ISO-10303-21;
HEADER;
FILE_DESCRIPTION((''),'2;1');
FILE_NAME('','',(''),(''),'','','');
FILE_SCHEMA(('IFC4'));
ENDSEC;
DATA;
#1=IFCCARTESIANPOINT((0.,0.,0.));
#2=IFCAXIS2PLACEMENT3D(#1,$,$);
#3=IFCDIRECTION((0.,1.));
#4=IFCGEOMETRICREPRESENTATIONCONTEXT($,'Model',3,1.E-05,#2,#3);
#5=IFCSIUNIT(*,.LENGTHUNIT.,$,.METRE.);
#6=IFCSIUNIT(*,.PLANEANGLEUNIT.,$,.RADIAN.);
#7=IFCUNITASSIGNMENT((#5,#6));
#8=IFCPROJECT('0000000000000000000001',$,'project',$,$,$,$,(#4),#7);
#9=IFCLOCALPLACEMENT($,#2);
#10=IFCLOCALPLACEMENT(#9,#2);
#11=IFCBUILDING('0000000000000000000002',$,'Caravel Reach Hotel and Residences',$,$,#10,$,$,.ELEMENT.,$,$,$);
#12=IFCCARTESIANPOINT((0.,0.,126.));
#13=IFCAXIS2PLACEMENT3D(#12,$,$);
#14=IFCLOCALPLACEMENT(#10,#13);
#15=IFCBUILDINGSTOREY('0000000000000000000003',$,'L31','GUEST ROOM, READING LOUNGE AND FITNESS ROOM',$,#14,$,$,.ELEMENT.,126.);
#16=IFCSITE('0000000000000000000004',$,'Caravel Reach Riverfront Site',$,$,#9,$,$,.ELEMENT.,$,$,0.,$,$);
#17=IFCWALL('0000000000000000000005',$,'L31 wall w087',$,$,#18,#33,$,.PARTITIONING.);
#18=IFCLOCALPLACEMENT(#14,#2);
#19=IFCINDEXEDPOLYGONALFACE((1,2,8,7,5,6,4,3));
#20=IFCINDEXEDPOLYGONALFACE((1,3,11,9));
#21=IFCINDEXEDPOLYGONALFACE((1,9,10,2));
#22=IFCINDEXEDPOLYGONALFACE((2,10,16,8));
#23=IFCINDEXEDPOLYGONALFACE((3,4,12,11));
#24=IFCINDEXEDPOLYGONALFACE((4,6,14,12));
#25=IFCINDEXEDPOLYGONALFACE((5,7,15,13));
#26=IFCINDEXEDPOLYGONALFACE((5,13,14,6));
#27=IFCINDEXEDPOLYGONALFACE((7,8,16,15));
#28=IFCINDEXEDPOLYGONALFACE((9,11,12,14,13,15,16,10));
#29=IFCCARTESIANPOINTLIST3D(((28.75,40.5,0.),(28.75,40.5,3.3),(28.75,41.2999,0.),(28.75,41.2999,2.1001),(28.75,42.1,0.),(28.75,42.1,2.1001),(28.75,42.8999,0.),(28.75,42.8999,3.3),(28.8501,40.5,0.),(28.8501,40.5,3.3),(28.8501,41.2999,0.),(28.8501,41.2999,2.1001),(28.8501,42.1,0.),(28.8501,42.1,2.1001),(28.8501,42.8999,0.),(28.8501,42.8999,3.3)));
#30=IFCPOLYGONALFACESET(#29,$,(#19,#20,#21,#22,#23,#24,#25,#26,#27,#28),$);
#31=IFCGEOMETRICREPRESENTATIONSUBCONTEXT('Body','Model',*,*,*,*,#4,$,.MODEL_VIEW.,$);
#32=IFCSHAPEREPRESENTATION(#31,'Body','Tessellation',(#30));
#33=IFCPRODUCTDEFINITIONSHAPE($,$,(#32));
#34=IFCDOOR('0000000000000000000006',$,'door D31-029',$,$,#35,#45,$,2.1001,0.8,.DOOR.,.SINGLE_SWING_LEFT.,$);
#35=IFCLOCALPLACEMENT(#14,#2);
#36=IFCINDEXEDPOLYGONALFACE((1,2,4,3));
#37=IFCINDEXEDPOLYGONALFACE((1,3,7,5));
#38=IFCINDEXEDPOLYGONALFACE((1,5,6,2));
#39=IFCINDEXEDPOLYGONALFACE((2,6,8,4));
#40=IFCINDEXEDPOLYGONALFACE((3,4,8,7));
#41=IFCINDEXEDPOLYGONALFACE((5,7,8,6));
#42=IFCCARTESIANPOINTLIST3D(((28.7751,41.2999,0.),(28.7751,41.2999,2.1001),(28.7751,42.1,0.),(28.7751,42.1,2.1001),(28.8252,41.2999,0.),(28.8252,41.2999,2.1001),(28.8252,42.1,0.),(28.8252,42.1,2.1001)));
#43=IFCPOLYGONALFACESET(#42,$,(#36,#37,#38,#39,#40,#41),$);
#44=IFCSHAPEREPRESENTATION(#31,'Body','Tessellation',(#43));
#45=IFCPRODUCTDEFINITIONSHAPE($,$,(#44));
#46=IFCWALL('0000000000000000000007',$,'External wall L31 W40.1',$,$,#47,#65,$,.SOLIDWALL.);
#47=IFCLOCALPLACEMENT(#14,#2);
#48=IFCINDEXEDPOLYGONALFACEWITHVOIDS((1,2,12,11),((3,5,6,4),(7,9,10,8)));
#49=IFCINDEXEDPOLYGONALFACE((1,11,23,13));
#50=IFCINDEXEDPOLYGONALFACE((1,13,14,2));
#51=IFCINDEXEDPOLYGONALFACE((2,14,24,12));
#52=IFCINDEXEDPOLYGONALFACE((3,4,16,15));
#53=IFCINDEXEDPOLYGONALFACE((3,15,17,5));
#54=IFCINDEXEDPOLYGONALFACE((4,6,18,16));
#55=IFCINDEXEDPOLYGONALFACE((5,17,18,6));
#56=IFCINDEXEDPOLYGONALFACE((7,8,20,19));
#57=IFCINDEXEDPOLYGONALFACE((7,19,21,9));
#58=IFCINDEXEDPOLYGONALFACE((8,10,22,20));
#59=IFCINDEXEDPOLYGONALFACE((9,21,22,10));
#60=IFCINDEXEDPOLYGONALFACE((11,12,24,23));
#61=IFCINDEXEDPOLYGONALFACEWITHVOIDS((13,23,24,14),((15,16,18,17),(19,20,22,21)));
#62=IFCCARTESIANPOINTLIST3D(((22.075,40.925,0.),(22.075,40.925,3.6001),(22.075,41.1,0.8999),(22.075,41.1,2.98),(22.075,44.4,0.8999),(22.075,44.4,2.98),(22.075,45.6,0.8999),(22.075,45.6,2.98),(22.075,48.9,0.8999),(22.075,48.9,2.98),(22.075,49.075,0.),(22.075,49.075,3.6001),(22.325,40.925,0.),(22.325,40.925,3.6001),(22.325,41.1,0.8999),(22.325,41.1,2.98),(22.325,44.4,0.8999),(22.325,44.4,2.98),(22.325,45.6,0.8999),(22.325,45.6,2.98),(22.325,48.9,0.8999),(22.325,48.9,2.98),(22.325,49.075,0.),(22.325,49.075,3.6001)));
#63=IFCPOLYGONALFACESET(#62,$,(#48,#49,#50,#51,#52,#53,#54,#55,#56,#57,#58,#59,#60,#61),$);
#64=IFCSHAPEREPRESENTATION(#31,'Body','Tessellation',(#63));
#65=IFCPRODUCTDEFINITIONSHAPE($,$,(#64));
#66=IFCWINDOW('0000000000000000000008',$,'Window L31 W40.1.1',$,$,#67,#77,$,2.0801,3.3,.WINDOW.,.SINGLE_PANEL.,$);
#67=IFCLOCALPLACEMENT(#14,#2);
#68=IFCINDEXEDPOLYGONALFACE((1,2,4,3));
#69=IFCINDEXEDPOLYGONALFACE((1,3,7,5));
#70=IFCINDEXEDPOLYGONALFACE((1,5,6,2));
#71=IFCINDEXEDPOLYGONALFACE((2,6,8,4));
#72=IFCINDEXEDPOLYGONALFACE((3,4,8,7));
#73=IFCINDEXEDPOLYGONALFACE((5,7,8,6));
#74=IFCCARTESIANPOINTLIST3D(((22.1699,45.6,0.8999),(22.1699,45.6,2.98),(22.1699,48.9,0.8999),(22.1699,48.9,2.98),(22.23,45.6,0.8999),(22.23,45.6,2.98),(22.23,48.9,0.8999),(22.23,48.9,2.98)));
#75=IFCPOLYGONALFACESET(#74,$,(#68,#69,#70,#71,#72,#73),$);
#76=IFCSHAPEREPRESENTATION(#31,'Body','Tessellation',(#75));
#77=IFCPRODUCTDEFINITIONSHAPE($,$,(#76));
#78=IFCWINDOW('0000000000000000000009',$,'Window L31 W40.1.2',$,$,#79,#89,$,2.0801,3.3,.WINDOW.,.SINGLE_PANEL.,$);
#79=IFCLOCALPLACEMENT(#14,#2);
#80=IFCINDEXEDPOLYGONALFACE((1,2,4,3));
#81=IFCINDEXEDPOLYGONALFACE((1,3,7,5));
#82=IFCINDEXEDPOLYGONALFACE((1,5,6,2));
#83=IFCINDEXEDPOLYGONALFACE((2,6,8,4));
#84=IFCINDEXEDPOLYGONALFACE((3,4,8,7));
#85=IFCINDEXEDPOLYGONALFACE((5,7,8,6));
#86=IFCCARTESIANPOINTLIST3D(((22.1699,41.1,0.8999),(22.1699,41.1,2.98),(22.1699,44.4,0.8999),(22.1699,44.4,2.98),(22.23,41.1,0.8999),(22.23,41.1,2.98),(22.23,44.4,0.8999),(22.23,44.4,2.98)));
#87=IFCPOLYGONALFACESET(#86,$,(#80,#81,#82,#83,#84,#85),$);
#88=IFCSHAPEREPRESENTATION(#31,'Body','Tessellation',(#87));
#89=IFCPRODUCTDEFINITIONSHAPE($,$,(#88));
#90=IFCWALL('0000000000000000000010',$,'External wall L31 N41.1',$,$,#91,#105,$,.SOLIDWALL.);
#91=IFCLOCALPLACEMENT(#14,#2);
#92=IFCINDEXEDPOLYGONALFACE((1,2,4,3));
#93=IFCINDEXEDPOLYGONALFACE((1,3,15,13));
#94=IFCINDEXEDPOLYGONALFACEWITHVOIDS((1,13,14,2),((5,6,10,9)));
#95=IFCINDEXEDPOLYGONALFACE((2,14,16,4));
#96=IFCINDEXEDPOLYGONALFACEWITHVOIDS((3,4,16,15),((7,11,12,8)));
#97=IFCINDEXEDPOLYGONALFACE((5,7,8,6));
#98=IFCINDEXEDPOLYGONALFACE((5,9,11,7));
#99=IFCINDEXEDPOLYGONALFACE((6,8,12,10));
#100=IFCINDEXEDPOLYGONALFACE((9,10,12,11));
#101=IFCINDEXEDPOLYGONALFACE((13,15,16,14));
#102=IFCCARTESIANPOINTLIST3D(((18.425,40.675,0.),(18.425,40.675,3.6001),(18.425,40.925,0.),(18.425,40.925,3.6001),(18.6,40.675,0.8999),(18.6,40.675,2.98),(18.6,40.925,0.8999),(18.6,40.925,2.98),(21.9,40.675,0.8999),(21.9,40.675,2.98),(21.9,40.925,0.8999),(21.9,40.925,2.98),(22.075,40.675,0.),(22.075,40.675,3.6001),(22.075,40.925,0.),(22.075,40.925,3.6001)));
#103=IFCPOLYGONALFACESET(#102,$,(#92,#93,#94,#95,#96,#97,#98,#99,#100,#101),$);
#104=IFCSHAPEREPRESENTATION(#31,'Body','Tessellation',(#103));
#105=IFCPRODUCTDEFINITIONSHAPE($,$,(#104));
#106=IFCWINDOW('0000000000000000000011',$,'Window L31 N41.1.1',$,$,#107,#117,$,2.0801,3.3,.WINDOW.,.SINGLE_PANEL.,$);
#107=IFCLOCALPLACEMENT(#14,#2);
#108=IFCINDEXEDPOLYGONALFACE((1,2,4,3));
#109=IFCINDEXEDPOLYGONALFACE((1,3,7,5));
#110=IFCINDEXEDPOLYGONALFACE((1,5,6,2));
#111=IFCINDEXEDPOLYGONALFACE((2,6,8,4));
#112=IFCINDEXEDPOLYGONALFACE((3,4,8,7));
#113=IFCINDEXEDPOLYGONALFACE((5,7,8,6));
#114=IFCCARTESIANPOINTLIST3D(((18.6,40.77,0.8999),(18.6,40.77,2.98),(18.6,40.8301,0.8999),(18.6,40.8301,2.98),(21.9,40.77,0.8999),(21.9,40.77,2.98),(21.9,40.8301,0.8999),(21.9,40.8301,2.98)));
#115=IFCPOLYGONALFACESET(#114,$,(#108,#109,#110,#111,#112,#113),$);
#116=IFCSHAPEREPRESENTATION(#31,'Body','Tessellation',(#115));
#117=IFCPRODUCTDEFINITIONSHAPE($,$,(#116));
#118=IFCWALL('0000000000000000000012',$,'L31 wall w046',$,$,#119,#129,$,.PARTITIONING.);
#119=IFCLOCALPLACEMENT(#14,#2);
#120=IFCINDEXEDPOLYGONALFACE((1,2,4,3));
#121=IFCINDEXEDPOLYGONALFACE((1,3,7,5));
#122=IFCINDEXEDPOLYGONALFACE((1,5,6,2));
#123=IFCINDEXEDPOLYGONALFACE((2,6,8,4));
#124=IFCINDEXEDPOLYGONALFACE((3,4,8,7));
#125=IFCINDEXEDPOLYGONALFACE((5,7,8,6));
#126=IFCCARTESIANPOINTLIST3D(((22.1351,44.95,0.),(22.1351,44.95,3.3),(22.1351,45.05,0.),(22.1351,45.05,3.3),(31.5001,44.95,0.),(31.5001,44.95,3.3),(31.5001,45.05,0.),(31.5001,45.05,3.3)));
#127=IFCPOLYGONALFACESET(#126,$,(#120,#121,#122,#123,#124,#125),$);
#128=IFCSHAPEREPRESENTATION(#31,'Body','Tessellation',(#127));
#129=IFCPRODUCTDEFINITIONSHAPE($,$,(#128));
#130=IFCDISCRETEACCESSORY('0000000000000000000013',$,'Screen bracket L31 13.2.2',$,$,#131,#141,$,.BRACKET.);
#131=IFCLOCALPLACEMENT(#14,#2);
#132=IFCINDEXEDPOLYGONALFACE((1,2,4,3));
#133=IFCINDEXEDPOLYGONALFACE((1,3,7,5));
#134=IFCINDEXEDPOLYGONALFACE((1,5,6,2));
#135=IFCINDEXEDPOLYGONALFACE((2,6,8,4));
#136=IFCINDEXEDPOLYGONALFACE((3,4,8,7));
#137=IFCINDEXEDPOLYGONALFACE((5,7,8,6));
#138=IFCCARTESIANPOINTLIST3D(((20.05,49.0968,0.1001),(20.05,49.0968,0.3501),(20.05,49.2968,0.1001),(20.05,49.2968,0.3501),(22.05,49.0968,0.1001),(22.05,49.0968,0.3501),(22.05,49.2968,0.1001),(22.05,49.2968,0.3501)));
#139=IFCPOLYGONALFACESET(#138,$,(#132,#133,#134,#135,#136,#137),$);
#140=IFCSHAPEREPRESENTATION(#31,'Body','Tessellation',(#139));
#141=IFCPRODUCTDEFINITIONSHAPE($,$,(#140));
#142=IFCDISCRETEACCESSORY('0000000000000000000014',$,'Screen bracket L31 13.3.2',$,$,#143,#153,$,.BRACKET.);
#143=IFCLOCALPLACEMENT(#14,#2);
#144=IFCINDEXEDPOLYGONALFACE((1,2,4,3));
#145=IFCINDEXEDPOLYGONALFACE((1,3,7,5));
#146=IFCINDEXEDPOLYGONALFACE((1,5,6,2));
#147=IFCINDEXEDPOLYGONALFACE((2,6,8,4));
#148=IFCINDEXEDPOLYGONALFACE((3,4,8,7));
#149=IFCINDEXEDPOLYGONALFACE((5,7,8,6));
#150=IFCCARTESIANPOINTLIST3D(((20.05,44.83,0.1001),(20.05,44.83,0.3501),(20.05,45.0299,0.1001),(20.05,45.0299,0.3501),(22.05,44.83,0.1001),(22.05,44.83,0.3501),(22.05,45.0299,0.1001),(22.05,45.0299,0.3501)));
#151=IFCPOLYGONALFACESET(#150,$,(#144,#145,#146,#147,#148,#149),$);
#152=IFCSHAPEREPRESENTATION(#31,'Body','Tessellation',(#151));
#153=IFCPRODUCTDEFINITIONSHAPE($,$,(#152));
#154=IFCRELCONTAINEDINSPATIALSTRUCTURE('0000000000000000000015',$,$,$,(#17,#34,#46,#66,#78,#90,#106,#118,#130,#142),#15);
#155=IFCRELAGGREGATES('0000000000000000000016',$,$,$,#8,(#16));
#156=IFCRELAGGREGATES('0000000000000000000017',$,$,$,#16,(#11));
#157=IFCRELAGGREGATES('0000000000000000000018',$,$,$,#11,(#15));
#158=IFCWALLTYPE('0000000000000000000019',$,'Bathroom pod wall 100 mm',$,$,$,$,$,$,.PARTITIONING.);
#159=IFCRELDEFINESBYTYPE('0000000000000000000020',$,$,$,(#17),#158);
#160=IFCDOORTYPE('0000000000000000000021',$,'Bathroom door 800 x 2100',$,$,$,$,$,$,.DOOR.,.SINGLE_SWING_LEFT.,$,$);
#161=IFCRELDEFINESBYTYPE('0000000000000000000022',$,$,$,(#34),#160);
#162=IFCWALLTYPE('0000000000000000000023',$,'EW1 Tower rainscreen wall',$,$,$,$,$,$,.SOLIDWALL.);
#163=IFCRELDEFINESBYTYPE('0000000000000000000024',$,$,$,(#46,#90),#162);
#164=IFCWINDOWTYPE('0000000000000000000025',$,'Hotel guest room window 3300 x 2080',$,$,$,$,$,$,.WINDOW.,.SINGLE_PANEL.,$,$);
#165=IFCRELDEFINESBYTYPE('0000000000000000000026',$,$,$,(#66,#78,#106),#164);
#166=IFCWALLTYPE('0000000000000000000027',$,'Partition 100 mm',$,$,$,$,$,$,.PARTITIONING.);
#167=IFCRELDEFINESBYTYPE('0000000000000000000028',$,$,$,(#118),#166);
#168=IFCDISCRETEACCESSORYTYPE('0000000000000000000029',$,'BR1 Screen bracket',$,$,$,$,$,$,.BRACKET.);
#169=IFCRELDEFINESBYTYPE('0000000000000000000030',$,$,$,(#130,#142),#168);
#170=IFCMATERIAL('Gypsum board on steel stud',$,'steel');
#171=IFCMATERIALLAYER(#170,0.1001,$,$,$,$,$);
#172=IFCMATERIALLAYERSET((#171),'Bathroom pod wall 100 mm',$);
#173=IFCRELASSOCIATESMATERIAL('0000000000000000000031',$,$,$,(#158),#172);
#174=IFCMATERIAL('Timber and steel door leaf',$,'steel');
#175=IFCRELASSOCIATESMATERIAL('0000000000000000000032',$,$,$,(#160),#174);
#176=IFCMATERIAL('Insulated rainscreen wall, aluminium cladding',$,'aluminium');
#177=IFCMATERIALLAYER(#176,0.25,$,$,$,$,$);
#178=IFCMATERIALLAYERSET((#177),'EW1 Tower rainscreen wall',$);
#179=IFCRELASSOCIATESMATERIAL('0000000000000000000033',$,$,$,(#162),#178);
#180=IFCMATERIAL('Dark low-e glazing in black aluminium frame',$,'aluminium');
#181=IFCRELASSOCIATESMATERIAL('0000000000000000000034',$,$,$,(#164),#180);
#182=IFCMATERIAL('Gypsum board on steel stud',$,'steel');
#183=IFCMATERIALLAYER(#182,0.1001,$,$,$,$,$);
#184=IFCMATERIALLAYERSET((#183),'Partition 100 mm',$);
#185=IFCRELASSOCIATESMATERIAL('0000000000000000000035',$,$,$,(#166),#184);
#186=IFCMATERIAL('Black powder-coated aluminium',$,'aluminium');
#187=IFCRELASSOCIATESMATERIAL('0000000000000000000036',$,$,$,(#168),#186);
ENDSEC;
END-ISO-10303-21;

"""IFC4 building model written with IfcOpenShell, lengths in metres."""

from ifc_helpers import new_model, si_unit, direction, frame, frame_2d, origin, origin_2d, place, context, subcontext, project, spatial, rectangle, extrude, material, layer, layer_set, type_object, element, fill, save


model = new_model("IFC4")

# Units and contexts
model_context = context("Model", 3, precision=1e-05, world=origin(), true_north=direction((0.0, 1.0)))
body_context = subcontext(model_context, "Body", "Model", "MODEL_VIEW")
ifc_project = project(units=[si_unit("LENGTHUNIT", "METRE"), si_unit("PLANEANGLEUNIT", "RADIAN")], contexts=[model_context])

# Site, building, storey
site_placement = place(None, origin())
site = spatial("IfcSite", under=ifc_project, at=site_placement, Name="Caravel Reach Riverfront Site", CompositionType="ELEMENT", RefElevation=0.0)
building_placement = place(site_placement, origin())
building = spatial("IfcBuilding", under=site, at=building_placement, Name="Caravel Reach Hotel and Residences", CompositionType="ELEMENT")
storey_placement = place(building_placement, frame((0.0, 0.0, 126.0)))
storey = spatial("IfcBuildingStorey", under=building, at=storey_placement, Name="L31", Description="GUEST ROOM, READING LOUNGE AND FITNESS ROOM", CompositionType="ELEMENT", Elevation=126.0)

# Shared definitions
ifc_material_1 = material(Name="Gypsum board on steel stud", Category="steel")
ifc_layer_1 = layer(ifc_material_1, 0.1001)
ifc_layer_set_1 = layer_set([ifc_layer_1], Name="Bathroom pod wall 100 mm")
wall_type_1 = type_object("IfcWallType", Name="Bathroom pod wall 100 mm", PredefinedType="PARTITIONING", material=ifc_layer_set_1)

# Wall, opening, door
wall_1_placement = place(storey_placement, frame((28.8, 40.5, 0.0), z_axis=(0.0, 0.0, 1.0), x_axis=(0.0, 1.0, 0.0)))
wall_1 = element("IfcWall", 1, at=wall_1_placement, inside=storey, type_object=wall_type_1, Name="L31 wall w087", PredefinedType="PARTITIONING", context=body_context, shape_type="SweptSolid", body=[
    extrude(rectangle(XDim=2.3999, YDim=0.1001, at=frame_2d((1.2, 0.0))), origin(), (0.0, 0.0, 1.0), 3.3),
])
opening_1_placement = place(wall_1_placement, frame((0.8, 0.0, 0.0)))
opening_1 = element("IfcOpeningElement", 2, at=opening_1_placement, cuts=wall_1, PredefinedType="OPENING", context=body_context, shape_type="SweptSolid", body=[
    extrude(rectangle(XDim=0.8, YDim=2.1001, at=frame_2d((0.3999, 1.05))), frame((0.0, 0.0601, 0.0), z_axis=(0.0, -1.0, 0.0), x_axis=(1.0, 0.0, 0.0)), (0.0, 0.0, 1.0), 0.1201),
])
ifc_material_2 = material(Name="Timber and steel door leaf", Category="steel")
door_type = type_object("IfcDoorType", Name="Bathroom door 800 x 2100", OperationType="SINGLE_SWING_LEFT", PredefinedType="DOOR", material=ifc_material_2)
door_placement = place(opening_1_placement, origin())
door = element("IfcDoor", 3, at=door_placement, inside=storey, type_object=door_type, Name="door D31-029", OperationType="SINGLE_SWING_LEFT", OverallHeight=2.1001, OverallWidth=0.8, PredefinedType="DOOR", context=body_context, shape_type="SweptSolid", body=[
    extrude(rectangle(XDim=0.8, YDim=2.1001, at=frame_2d((0.3999, 1.05))), frame((0.0, 0.0249, 0.0), z_axis=(0.0, -1.0, 0.0), x_axis=(1.0, 0.0, 0.0)), (0.0, 0.0, 1.0), 0.05),
])
fill(opening_1, door)

# Wall, openings, windows
ifc_material_3 = material(Name="Insulated rainscreen wall, aluminium cladding", Category="aluminium")
ifc_layer_2 = layer(ifc_material_3, 0.25)
ifc_layer_set_2 = layer_set([ifc_layer_2], Name="EW1 Tower rainscreen wall")
wall_type_2 = type_object("IfcWallType", Name="EW1 Tower rainscreen wall", PredefinedType="SOLIDWALL", material=ifc_layer_set_2)
wall_2_placement = place(storey_placement, frame((22.2, 49.075, 0.0), z_axis=(0.0, 0.0, 1.0), x_axis=(0.0, -1.0, 0.0)))
wall_2 = element("IfcWall", 4, at=wall_2_placement, inside=storey, type_object=wall_type_2, Name="External wall L31 W40.1", PredefinedType="SOLIDWALL", context=body_context, shape_type="SweptSolid", body=[
    extrude(rectangle(XDim=8.1499, YDim=0.25, at=frame_2d((4.075, 0.0))), origin(), (0.0, 0.0, 1.0), 3.6001),
])
opening_2_placement = place(wall_2_placement, frame((0.175, 0.0, 0.8999)))
opening_2 = element("IfcOpeningElement", 5, at=opening_2_placement, cuts=wall_2, PredefinedType="OPENING", context=body_context, shape_type="SweptSolid", body=[
    extrude(rectangle(XDim=3.3, YDim=2.0801, at=frame_2d((1.6499, 1.04))), frame((0.0, 0.135, 0.0), z_axis=(0.0, -1.0, 0.0), x_axis=(1.0, 0.0, 0.0)), (0.0, 0.0, 1.0), 0.27),
])
opening_3_placement = place(wall_2_placement, frame((4.675, 0.0, 0.8999)))
opening_3 = element("IfcOpeningElement", 6, at=opening_3_placement, cuts=wall_2, PredefinedType="OPENING", context=body_context, shape_type="SweptSolid", body=[
    extrude(rectangle(XDim=3.3, YDim=2.0801, at=frame_2d((1.6499, 1.04))), frame((0.0, 0.135, 0.0), z_axis=(0.0, -1.0, 0.0), x_axis=(1.0, 0.0, 0.0)), (0.0, 0.0, 1.0), 0.27),
])
ifc_material_4 = material(Name="Dark low-e glazing in black aluminium frame", Category="aluminium")
window_type = type_object("IfcWindowType", Name="Hotel guest room window 3300 x 2080", PartitioningType="SINGLE_PANEL", PredefinedType="WINDOW", material=ifc_material_4)
window_1_placement = place(opening_2_placement, origin())
window_1 = element("IfcWindow", 7, at=window_1_placement, inside=storey, type_object=window_type, Name="Window L31 W40.1.1", OverallHeight=2.0801, OverallWidth=3.3, PartitioningType="SINGLE_PANEL", PredefinedType="WINDOW", context=body_context, shape_type="SweptSolid", body=[
    extrude(rectangle(XDim=3.3, YDim=2.0801, at=frame_2d((1.6499, 1.04))), frame((0.0, 0.03, 0.0), z_axis=(0.0, -1.0, 0.0), x_axis=(1.0, 0.0, 0.0)), (0.0, 0.0, 1.0), 0.0601),
])
fill(opening_2, window_1)
window_2_placement = place(opening_3_placement, origin())
window_2 = element("IfcWindow", 8, at=window_2_placement, inside=storey, type_object=window_type, Name="Window L31 W40.1.2", OverallHeight=2.0801, OverallWidth=3.3, PartitioningType="SINGLE_PANEL", PredefinedType="WINDOW", context=body_context, shape_type="SweptSolid", body=[
    extrude(rectangle(XDim=3.3, YDim=2.0801, at=frame_2d((1.6499, 1.04))), frame((0.0, 0.03, 0.0), z_axis=(0.0, -1.0, 0.0), x_axis=(1.0, 0.0, 0.0)), (0.0, 0.0, 1.0), 0.0601),
])
fill(opening_3, window_2)

# Wall, opening, window
wall_3_placement = place(storey_placement, frame((22.075, 40.8, 0.0), z_axis=(0.0, 0.0, 1.0), x_axis=(-1.0, 0.0, 0.0)))
wall_3 = element("IfcWall", 9, at=wall_3_placement, inside=storey, type_object=wall_type_2, Name="External wall L31 N41.1", PredefinedType="SOLIDWALL", context=body_context, shape_type="SweptSolid", body=[
    extrude(rectangle(XDim=3.6499, YDim=0.25, at=frame_2d((1.825, 0.0))), origin(), (0.0, 0.0, 1.0), 3.6001),
])
opening_4_placement = place(wall_3_placement, frame((0.175, 0.0, 0.8999)))
opening_4 = element("IfcOpeningElement", 10, at=opening_4_placement, cuts=wall_3, PredefinedType="OPENING", context=body_context, shape_type="SweptSolid", body=[
    extrude(rectangle(XDim=3.3, YDim=2.0801, at=frame_2d((1.6499, 1.04))), frame((0.0, 0.135, 0.0), z_axis=(0.0, -1.0, 0.0), x_axis=(1.0, 0.0, 0.0)), (0.0, 0.0, 1.0), 0.27),
])
window_3_placement = place(opening_4_placement, origin())
window_3 = element("IfcWindow", 11, at=window_3_placement, inside=storey, type_object=window_type, Name="Window L31 N41.1.1", OverallHeight=2.0801, OverallWidth=3.3, PartitioningType="SINGLE_PANEL", PredefinedType="WINDOW", context=body_context, shape_type="SweptSolid", body=[
    extrude(rectangle(XDim=3.3, YDim=2.0801, at=frame_2d((1.6499, 1.04))), frame((0.0, 0.03, 0.0), z_axis=(0.0, -1.0, 0.0), x_axis=(1.0, 0.0, 0.0)), (0.0, 0.0, 1.0), 0.0601),
])
fill(opening_4, window_3)

# Wall
ifc_material_5 = material(Name="Gypsum board on steel stud", Category="steel")
ifc_layer_3 = layer(ifc_material_5, 0.1001)
ifc_layer_set_3 = layer_set([ifc_layer_3], Name="Partition 100 mm")
wall_type_3 = type_object("IfcWallType", Name="Partition 100 mm", PredefinedType="PARTITIONING", material=ifc_layer_set_3)
wall_4_placement = place(storey_placement, frame((22.135, 45.0, 0.0), z_axis=(0.0, 0.0, 1.0), x_axis=(1.0, 0.0, 0.0)))
element("IfcWall", 12, at=wall_4_placement, inside=storey, type_object=wall_type_3, Name="L31 wall w046", PredefinedType="PARTITIONING", context=body_context, shape_type="SweptSolid", body=[
    extrude(rectangle(XDim=9.365, YDim=0.1001, at=frame_2d((4.6826, 0.0))), origin(), (0.0, 0.0, 1.0), 3.3),
])

# Discrete accessories
ifc_material_6 = material(Name="Black powder-coated aluminium", Category="aluminium")
discrete_accessory_type = type_object("IfcDiscreteAccessoryType", Name="BR1 Screen bracket", PredefinedType="BRACKET", material=ifc_material_6)
for number, where, z_axis, x_axis, name in (
    (13, (21.05, 49.1968, 0.1001), (0.0, 0.0, 1.0), (-1.0, 0.0, 0.0), "Screen bracket L31 13.2.2"),
    (14, (21.05, 44.9299, 0.1001), (0.0, 0.0, 1.0), (-1.0, 0.0, 0.0), "Screen bracket L31 13.3.2"),
):
    element("IfcDiscreteAccessory", number, at=place(storey_placement, frame(where, z_axis=z_axis, x_axis=x_axis)), inside=storey, type_object=discrete_accessory_type, Name=name, PredefinedType="BRACKET", context=body_context, shape_type="SweptSolid", body=[
        extrude(rectangle(XDim=2.0, YDim=0.2, at=origin_2d()), origin(), (0.0, 0.0, 1.0), 0.25),
    ])

save(model, "model.ifc")
